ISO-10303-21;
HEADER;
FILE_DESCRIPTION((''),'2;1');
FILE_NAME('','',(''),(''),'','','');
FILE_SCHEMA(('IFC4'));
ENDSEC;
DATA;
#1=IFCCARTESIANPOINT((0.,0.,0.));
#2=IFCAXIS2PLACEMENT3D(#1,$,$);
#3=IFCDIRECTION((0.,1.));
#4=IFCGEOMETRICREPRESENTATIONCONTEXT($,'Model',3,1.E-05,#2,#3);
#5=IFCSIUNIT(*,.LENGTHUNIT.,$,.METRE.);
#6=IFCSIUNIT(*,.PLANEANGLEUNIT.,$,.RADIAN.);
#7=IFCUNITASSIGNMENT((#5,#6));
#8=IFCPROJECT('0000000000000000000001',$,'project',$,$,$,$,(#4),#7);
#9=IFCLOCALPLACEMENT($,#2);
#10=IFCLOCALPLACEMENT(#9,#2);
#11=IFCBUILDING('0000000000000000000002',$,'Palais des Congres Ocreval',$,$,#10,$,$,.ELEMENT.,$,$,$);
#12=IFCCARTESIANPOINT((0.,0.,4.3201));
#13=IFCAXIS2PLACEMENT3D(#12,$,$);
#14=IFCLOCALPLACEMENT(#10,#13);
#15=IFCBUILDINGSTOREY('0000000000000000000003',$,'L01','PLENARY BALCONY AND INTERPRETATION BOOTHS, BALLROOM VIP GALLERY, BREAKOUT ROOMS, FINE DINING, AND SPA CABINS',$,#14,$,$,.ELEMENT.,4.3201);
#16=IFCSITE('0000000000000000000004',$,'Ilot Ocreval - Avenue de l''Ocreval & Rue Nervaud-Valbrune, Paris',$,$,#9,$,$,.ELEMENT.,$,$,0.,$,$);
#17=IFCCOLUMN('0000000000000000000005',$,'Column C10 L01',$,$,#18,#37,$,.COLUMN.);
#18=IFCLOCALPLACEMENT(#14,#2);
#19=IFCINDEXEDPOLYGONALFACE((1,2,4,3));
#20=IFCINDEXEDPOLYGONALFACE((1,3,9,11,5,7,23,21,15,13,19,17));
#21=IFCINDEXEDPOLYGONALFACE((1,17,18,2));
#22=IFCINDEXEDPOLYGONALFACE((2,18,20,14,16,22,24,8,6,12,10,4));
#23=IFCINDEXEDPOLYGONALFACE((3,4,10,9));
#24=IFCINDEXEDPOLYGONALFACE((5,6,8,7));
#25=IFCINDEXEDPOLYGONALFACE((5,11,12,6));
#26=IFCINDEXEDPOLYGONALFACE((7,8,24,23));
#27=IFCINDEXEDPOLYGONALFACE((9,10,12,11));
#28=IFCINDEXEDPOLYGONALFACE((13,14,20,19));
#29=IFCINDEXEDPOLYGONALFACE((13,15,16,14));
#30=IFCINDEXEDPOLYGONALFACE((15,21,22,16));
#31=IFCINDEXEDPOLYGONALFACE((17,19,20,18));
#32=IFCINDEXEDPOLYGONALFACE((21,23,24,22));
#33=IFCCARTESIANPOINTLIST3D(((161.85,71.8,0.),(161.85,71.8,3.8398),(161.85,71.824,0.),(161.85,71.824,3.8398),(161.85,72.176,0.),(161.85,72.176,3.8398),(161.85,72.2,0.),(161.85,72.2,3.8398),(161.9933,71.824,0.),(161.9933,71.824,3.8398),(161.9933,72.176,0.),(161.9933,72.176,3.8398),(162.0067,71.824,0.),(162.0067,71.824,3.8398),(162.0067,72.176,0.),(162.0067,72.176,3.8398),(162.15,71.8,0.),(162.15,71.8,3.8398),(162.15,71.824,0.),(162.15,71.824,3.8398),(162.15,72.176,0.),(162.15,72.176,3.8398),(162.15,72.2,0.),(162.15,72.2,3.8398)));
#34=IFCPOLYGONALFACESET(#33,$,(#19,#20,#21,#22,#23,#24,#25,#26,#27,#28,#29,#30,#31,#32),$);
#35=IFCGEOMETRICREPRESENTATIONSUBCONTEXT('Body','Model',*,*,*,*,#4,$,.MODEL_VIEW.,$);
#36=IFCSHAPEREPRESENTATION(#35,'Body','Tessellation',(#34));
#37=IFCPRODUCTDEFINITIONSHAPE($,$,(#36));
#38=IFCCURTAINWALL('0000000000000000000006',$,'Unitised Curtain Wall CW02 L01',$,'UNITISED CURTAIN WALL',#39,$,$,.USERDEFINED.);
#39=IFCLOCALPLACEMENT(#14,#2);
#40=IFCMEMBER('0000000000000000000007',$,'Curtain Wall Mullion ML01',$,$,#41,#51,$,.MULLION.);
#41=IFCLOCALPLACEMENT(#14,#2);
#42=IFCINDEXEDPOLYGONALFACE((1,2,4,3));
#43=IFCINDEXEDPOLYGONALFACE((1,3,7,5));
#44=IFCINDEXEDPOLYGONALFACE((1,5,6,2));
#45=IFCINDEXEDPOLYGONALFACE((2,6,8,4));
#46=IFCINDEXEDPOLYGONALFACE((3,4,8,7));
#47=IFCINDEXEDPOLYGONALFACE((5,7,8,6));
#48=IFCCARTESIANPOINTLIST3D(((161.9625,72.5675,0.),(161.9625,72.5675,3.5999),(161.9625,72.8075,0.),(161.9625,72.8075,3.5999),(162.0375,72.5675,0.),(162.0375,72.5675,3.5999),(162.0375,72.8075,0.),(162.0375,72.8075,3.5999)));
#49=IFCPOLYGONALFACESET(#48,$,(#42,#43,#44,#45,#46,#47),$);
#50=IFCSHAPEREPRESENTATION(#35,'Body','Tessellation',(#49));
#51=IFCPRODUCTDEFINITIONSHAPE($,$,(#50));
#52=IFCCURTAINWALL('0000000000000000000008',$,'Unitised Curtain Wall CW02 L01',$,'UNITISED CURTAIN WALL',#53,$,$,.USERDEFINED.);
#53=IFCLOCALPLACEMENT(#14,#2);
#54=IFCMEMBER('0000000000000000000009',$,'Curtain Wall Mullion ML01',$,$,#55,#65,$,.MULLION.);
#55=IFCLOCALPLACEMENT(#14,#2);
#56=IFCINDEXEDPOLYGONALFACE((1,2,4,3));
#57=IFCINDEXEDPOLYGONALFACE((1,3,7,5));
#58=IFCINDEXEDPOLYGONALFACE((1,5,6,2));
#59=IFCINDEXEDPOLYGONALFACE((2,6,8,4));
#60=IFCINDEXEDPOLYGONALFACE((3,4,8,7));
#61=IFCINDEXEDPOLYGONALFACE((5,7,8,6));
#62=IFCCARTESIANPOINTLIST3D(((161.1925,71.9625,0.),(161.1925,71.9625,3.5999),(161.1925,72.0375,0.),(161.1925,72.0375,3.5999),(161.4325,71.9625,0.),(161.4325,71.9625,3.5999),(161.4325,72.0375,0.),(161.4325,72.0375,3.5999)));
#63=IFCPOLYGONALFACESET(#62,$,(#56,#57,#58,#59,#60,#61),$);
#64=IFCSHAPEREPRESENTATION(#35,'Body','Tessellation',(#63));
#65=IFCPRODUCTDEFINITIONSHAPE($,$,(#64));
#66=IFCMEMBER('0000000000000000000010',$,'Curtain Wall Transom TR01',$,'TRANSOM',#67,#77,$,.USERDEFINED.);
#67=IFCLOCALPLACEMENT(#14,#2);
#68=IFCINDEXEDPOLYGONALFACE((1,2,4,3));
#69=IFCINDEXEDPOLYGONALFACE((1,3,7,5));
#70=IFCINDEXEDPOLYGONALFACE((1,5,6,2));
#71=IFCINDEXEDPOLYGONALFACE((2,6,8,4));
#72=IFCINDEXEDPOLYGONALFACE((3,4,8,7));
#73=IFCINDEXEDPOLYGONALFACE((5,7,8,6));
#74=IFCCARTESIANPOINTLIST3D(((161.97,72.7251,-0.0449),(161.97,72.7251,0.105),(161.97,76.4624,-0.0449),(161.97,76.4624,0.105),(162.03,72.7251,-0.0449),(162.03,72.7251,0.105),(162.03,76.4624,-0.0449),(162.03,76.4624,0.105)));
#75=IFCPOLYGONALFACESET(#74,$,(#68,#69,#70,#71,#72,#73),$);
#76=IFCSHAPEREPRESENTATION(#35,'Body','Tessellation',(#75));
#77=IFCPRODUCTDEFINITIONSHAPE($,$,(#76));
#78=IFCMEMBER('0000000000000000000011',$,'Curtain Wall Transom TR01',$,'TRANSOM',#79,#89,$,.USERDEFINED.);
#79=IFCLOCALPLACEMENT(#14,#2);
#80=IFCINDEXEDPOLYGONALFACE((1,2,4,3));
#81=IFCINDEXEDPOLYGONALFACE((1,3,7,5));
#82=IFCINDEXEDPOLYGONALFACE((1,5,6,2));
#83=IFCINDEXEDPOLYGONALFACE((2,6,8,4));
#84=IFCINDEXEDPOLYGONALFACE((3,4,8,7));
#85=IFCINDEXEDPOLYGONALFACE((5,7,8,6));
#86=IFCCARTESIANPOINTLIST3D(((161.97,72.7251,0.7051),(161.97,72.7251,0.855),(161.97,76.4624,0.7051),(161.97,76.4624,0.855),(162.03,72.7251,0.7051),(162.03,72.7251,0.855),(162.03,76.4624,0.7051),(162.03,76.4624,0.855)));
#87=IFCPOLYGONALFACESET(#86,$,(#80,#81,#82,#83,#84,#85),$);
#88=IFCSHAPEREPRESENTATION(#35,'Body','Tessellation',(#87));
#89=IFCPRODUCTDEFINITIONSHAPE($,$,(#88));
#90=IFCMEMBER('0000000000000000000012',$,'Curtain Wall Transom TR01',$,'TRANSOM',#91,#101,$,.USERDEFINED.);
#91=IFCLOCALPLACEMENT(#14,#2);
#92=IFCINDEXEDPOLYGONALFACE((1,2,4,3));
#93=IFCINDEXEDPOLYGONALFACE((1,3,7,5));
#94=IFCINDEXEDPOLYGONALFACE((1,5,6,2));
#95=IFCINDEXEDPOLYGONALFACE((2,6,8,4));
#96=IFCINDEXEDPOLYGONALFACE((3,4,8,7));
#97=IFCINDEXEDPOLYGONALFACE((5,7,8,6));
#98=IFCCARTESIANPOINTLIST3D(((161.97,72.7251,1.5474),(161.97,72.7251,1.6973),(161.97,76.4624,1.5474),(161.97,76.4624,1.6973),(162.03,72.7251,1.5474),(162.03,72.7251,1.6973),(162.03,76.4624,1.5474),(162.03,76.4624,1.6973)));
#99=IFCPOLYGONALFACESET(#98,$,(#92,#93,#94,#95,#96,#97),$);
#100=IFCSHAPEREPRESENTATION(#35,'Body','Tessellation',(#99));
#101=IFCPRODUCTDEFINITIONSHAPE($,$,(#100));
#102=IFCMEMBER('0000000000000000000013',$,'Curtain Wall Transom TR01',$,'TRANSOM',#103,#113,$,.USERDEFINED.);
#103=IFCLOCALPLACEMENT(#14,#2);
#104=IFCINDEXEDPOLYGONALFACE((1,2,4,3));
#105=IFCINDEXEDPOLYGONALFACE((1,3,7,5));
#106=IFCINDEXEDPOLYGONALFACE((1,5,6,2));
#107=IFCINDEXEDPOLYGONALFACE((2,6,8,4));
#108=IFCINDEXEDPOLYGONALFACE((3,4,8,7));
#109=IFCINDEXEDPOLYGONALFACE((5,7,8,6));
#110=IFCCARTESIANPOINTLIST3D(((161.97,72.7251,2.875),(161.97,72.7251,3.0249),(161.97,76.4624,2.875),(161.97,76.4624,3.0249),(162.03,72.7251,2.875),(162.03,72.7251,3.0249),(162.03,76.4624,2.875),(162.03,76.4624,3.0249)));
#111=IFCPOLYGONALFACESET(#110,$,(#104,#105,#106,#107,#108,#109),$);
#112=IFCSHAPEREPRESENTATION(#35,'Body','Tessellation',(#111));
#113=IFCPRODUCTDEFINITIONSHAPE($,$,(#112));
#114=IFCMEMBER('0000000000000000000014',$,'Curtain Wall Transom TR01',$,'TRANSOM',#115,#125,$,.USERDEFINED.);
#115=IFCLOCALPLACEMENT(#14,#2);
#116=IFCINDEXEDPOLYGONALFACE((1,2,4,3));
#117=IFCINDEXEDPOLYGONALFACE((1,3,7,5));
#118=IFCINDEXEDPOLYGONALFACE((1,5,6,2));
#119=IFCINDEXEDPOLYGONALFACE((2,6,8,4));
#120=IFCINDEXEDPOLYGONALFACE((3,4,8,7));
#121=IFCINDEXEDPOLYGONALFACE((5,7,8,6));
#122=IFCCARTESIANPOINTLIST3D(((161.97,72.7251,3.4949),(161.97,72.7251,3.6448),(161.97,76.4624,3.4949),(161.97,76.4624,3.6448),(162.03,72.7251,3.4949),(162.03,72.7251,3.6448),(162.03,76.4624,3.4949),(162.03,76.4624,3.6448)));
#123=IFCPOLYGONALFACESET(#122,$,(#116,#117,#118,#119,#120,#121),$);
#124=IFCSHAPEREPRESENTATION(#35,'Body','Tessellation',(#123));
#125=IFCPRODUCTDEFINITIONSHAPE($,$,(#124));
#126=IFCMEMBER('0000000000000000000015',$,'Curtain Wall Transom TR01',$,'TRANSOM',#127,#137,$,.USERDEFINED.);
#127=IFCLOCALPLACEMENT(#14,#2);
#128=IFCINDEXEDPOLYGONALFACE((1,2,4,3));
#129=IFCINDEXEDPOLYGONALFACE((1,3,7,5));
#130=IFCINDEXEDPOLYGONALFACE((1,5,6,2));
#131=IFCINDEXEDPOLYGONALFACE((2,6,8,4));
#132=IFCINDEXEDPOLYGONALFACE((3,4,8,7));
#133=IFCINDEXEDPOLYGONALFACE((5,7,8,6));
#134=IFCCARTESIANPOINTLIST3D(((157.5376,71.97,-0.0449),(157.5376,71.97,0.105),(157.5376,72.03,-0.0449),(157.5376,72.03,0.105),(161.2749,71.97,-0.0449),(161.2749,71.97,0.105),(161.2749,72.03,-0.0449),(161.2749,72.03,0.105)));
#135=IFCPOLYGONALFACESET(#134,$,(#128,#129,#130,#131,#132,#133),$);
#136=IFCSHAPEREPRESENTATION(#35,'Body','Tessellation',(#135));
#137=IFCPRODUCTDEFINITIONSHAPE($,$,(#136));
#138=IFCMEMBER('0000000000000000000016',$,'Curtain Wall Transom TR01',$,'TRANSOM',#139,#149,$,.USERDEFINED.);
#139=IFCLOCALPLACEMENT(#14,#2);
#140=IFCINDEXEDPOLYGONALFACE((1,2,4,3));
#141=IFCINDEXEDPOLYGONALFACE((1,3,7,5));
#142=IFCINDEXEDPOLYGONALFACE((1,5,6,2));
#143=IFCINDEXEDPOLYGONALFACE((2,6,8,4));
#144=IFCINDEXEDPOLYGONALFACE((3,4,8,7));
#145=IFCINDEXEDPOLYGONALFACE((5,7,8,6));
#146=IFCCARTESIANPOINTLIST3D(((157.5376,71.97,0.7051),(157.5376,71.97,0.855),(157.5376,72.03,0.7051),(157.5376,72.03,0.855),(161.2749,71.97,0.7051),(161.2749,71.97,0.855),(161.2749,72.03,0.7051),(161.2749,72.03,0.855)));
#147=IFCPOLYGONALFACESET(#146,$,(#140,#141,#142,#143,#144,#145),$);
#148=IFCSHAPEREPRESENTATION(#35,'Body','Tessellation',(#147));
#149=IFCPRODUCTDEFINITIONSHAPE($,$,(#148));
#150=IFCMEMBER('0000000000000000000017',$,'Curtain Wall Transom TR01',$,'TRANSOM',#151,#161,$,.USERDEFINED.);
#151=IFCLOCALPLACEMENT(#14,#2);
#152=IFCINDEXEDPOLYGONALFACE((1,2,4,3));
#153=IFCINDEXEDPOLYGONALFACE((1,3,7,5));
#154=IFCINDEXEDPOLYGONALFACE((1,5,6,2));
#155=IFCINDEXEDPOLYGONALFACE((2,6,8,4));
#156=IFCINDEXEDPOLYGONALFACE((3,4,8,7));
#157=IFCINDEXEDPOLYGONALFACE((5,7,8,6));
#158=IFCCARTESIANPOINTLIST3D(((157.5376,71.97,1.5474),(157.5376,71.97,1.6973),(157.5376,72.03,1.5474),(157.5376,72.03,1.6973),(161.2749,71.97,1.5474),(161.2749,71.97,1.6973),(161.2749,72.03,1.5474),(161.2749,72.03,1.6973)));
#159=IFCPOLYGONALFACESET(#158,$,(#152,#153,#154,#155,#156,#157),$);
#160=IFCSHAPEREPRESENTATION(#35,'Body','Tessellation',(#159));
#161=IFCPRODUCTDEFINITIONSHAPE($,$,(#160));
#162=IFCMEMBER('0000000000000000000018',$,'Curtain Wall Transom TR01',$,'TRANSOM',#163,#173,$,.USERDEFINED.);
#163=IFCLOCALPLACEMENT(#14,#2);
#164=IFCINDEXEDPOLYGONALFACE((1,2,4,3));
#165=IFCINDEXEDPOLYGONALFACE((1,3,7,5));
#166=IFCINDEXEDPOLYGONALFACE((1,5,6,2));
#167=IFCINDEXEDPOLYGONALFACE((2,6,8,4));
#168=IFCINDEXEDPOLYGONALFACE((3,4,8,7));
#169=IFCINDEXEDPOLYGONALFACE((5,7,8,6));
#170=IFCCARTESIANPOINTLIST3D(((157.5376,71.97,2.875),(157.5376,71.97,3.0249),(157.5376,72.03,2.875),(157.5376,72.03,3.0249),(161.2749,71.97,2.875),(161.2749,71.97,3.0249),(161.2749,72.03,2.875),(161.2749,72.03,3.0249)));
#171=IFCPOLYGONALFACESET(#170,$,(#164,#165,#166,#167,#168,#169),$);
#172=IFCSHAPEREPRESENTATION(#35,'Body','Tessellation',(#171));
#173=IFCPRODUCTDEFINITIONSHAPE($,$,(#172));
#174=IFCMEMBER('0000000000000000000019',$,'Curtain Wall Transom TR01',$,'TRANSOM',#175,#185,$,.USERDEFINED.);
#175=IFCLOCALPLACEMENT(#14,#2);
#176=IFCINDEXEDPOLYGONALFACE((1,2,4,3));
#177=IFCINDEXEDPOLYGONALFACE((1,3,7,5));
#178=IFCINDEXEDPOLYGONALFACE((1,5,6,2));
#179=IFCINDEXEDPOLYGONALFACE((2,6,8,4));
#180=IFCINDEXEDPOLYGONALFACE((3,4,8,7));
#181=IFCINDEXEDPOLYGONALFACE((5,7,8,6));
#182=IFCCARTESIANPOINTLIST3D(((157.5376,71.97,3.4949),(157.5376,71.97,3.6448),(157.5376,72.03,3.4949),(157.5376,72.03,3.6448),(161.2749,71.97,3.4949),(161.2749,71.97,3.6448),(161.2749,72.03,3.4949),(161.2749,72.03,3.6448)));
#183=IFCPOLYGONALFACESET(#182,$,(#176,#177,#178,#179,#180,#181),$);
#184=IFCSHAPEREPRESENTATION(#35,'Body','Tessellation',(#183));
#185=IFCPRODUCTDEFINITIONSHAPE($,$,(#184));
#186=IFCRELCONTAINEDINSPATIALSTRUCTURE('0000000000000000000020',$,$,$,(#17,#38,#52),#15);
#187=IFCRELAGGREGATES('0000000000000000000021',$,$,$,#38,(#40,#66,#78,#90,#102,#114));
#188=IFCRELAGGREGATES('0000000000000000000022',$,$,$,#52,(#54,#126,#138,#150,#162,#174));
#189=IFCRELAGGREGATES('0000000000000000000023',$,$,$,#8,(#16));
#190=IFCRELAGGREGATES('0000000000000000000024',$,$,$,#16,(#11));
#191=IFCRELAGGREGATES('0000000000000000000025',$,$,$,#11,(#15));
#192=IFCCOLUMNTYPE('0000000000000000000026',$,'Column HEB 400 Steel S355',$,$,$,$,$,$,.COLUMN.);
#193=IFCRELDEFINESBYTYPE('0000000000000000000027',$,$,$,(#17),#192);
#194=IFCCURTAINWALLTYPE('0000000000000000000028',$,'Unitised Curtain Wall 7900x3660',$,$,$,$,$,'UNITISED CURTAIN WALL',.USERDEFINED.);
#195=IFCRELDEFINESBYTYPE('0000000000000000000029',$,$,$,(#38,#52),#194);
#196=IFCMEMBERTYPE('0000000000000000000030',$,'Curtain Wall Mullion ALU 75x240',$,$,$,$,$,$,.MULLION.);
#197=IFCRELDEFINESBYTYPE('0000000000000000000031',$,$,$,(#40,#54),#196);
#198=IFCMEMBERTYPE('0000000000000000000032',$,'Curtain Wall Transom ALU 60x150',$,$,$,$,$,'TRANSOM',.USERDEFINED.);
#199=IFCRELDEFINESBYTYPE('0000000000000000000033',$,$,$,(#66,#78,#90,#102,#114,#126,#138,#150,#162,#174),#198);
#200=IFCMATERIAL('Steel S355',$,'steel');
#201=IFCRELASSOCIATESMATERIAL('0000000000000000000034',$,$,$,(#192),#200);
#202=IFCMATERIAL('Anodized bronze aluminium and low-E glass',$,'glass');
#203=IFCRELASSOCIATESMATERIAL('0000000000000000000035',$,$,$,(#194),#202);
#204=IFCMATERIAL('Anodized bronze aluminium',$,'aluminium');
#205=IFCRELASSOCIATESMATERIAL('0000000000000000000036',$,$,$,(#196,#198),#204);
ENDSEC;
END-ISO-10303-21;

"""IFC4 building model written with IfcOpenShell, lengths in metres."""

from ifc_helpers import new_model, si_unit, direction, frame, origin, origin_2d, place, context, subcontext, project, spatial, rectangle, i_section, extrude, material, material_profile, profile_set, type_object, element, aggregate, save


model = new_model("IFC4")

# Units and contexts
model_context = context("Model", 3, precision=1e-05, world=origin(), true_north=direction((0.0, 1.0)))
body_context = subcontext(model_context, "Body", "Model", "MODEL_VIEW")
ifc_project = project(units=[si_unit("LENGTHUNIT", "METRE"), si_unit("PLANEANGLEUNIT", "RADIAN")], contexts=[model_context])

# Site, building, storey
site_placement = place(None, origin())
site = spatial("IfcSite", under=ifc_project, at=site_placement, Name="Ilot Ocreval - Avenue de l'Ocreval & Rue Nervaud-Valbrune, Paris", CompositionType="ELEMENT", RefElevation=0.0)
building_placement = place(site_placement, origin())
building = spatial("IfcBuilding", under=site, at=building_placement, Name="Palais des Congres Ocreval", CompositionType="ELEMENT")
storey_placement = place(building_placement, frame((0.0, 0.0, 4.3201)))
storey = spatial("IfcBuildingStorey", under=building, at=storey_placement, Name="L01", Description="PLENARY BALCONY AND INTERPRETATION BOOTHS, BALLROOM VIP GALLERY, BREAKOUT ROOMS, FINE DINING, AND SPA CABINS", CompositionType="ELEMENT", Elevation=4.3201)

# Column
ifc_material_1 = material(Name="Steel S355", Category="steel")
ifc_material_profile_1 = material_profile(ifc_material_1, i_section(OverallWidth=0.3, OverallDepth=0.3999, WebThickness=0.0134, FlangeThickness=0.0239, at=origin_2d()), Name="HEB 400")
ifc_profile_set_1 = profile_set([ifc_material_profile_1], Name="Steel S355")
column_type = type_object("IfcColumnType", Name="Column HEB 400 Steel S355", PredefinedType="COLUMN", material=ifc_profile_set_1)
column_placement = place(storey_placement, frame((162.0, 72.0, 0.0), z_axis=(0.0, 0.0, 1.0), x_axis=(1.0, 0.0, 0.0)))
element("IfcColumn", 1, at=column_placement, inside=storey, type_object=column_type, Name="Column C10 L01", PredefinedType="COLUMN", context=body_context, shape_type="SweptSolid", body=[
    extrude(i_section(OverallWidth=0.3, OverallDepth=0.3999, WebThickness=0.0134, FlangeThickness=0.0239, at=origin_2d()), origin(), (0.0, 0.0, 1.0), 3.8398),
])

# Curtain walls, members
ifc_material_2 = material(Name="Anodized bronze aluminium and low-E glass", Category="glass")
curtain_wall_type = type_object("IfcCurtainWallType", Name="Unitised Curtain Wall 7900x3660", ElementType="UNITISED CURTAIN WALL", PredefinedType="USERDEFINED", material=ifc_material_2)
curtain_wall_1_placement = place(storey_placement, origin())
curtain_wall_1 = element("IfcCurtainWall", 2, at=curtain_wall_1_placement, inside=storey, type_object=curtain_wall_type, Name="Unitised Curtain Wall CW02 L01", ObjectType="UNITISED CURTAIN WALL", PredefinedType="USERDEFINED")
ifc_material_3 = material(Name="Anodized bronze aluminium", Category="aluminium")
ifc_material_profile_2 = material_profile(ifc_material_3, rectangle(XDim=0.075, YDim=0.24, at=origin_2d()), Name="ALU 75x240")
ifc_profile_set_2 = profile_set([ifc_material_profile_2], Name="Anodized bronze aluminium")
member_type_1 = type_object("IfcMemberType", Name="Curtain Wall Mullion ALU 75x240", PredefinedType="MULLION", material=ifc_profile_set_2)
member_1_placement = place(storey_placement, frame((162.0, 72.6875, 0.0), z_axis=(0.0, 0.0, 1.0), x_axis=(1.0, 0.0, 0.0)))
member_1 = element("IfcMember", 3, at=member_1_placement, type_object=member_type_1, Name="Curtain Wall Mullion ML01", PredefinedType="MULLION", context=body_context, shape_type="SweptSolid", body=[
    extrude(rectangle(XDim=0.075, YDim=0.24, at=origin_2d()), origin(), (0.0, 0.0, 1.0), 3.5999),
])
curtain_wall_2_placement = place(storey_placement, origin())
curtain_wall_2 = element("IfcCurtainWall", 4, at=curtain_wall_2_placement, inside=storey, type_object=curtain_wall_type, Name="Unitised Curtain Wall CW02 L01", ObjectType="UNITISED CURTAIN WALL", PredefinedType="USERDEFINED")
member_2_placement = place(storey_placement, frame((161.3125, 72.0, 0.0), z_axis=(0.0, 0.0, 1.0), x_axis=(0.0, -1.0, 0.0)))
member_2 = element("IfcMember", 5, at=member_2_placement, type_object=member_type_1, Name="Curtain Wall Mullion ML01", PredefinedType="MULLION", context=body_context, shape_type="SweptSolid", body=[
    extrude(rectangle(XDim=0.075, YDim=0.24, at=origin_2d()), origin(), (0.0, 0.0, 1.0), 3.5999),
])

# Members
ifc_material_profile_3 = material_profile(ifc_material_3, rectangle(XDim=0.0601, YDim=0.1499, at=origin_2d()), Name="ALU 60x150")
ifc_profile_set_3 = profile_set([ifc_material_profile_3], Name="Anodized bronze aluminium")
member_type_2 = type_object("IfcMemberType", Name="Curtain Wall Transom ALU 60x150", ElementType="TRANSOM", PredefinedType="USERDEFINED", material=ifc_profile_set_3)
member_3_placement = place(storey_placement, frame((162.0, 76.4624, 0.03), z_axis=(0.0, -1.0, 0.0), x_axis=(1.0, 0.0, 0.0)))
member_3 = element("IfcMember", 6, at=member_3_placement, type_object=member_type_2, Name="Curtain Wall Transom TR01", ObjectType="TRANSOM", PredefinedType="USERDEFINED", context=body_context, shape_type="SweptSolid", body=[
    extrude(rectangle(XDim=0.0601, YDim=0.1499, at=origin_2d()), origin(), (0.0, 0.0, 1.0), 3.7373),
])
member_4_placement = place(storey_placement, frame((162.0, 76.4624, 0.78), z_axis=(0.0, -1.0, 0.0), x_axis=(1.0, 0.0, 0.0)))
member_4 = element("IfcMember", 7, at=member_4_placement, type_object=member_type_2, Name="Curtain Wall Transom TR01", ObjectType="TRANSOM", PredefinedType="USERDEFINED", context=body_context, shape_type="SweptSolid", body=[
    extrude(rectangle(XDim=0.0601, YDim=0.1499, at=origin_2d()), origin(), (0.0, 0.0, 1.0), 3.7373),
])
member_5_placement = place(storey_placement, frame((162.0, 76.4624, 1.6223), z_axis=(0.0, -1.0, 0.0), x_axis=(1.0, 0.0, 0.0)))
member_5 = element("IfcMember", 8, at=member_5_placement, type_object=member_type_2, Name="Curtain Wall Transom TR01", ObjectType="TRANSOM", PredefinedType="USERDEFINED", context=body_context, shape_type="SweptSolid", body=[
    extrude(rectangle(XDim=0.0601, YDim=0.1499, at=origin_2d()), origin(), (0.0, 0.0, 1.0), 3.7373),
])
member_6_placement = place(storey_placement, frame((162.0, 76.4624, 2.95), z_axis=(0.0, -1.0, 0.0), x_axis=(1.0, 0.0, 0.0)))
member_6 = element("IfcMember", 9, at=member_6_placement, type_object=member_type_2, Name="Curtain Wall Transom TR01", ObjectType="TRANSOM", PredefinedType="USERDEFINED", context=body_context, shape_type="SweptSolid", body=[
    extrude(rectangle(XDim=0.0601, YDim=0.1499, at=origin_2d()), origin(), (0.0, 0.0, 1.0), 3.7373),
])
member_7_placement = place(storey_placement, frame((162.0, 76.4624, 3.5698), z_axis=(0.0, -1.0, 0.0), x_axis=(1.0, 0.0, 0.0)))
member_7 = element("IfcMember", 10, at=member_7_placement, type_object=member_type_2, Name="Curtain Wall Transom TR01", ObjectType="TRANSOM", PredefinedType="USERDEFINED", context=body_context, shape_type="SweptSolid", body=[
    extrude(rectangle(XDim=0.0601, YDim=0.1499, at=origin_2d()), origin(), (0.0, 0.0, 1.0), 3.7373),
])
member_8_placement = place(storey_placement, frame((161.2749, 72.0, 0.03), z_axis=(-1.0, 0.0, 0.0), x_axis=(0.0, -1.0, 0.0)))
member_8 = element("IfcMember", 11, at=member_8_placement, type_object=member_type_2, Name="Curtain Wall Transom TR01", ObjectType="TRANSOM", PredefinedType="USERDEFINED", context=body_context, shape_type="SweptSolid", body=[
    extrude(rectangle(XDim=0.0601, YDim=0.1499, at=origin_2d()), origin(), (0.0, 0.0, 1.0), 3.7373),
])
member_9_placement = place(storey_placement, frame((161.2749, 72.0, 0.78), z_axis=(-1.0, 0.0, 0.0), x_axis=(0.0, -1.0, 0.0)))
member_9 = element("IfcMember", 12, at=member_9_placement, type_object=member_type_2, Name="Curtain Wall Transom TR01", ObjectType="TRANSOM", PredefinedType="USERDEFINED", context=body_context, shape_type="SweptSolid", body=[
    extrude(rectangle(XDim=0.0601, YDim=0.1499, at=origin_2d()), origin(), (0.0, 0.0, 1.0), 3.7373),
])
member_10_placement = place(storey_placement, frame((161.2749, 72.0, 1.6223), z_axis=(-1.0, 0.0, 0.0), x_axis=(0.0, -1.0, 0.0)))
member_10 = element("IfcMember", 13, at=member_10_placement, type_object=member_type_2, Name="Curtain Wall Transom TR01", ObjectType="TRANSOM", PredefinedType="USERDEFINED", context=body_context, shape_type="SweptSolid", body=[
    extrude(rectangle(XDim=0.0601, YDim=0.1499, at=origin_2d()), origin(), (0.0, 0.0, 1.0), 3.7373),
])
member_11_placement = place(storey_placement, frame((161.2749, 72.0, 2.95), z_axis=(-1.0, 0.0, 0.0), x_axis=(0.0, -1.0, 0.0)))
member_11 = element("IfcMember", 14, at=member_11_placement, type_object=member_type_2, Name="Curtain Wall Transom TR01", ObjectType="TRANSOM", PredefinedType="USERDEFINED", context=body_context, shape_type="SweptSolid", body=[
    extrude(rectangle(XDim=0.0601, YDim=0.1499, at=origin_2d()), origin(), (0.0, 0.0, 1.0), 3.7373),
])
member_12_placement = place(storey_placement, frame((161.2749, 72.0, 3.5698), z_axis=(-1.0, 0.0, 0.0), x_axis=(0.0, -1.0, 0.0)))
member_12 = element("IfcMember", 15, at=member_12_placement, type_object=member_type_2, Name="Curtain Wall Transom TR01", ObjectType="TRANSOM", PredefinedType="USERDEFINED", context=body_context, shape_type="SweptSolid", body=[
    extrude(rectangle(XDim=0.0601, YDim=0.1499, at=origin_2d()), origin(), (0.0, 0.0, 1.0), 3.7373),
])

aggregate(curtain_wall_1, [member_1, member_3, member_4, member_5, member_6, member_7])
aggregate(curtain_wall_2, [member_2, member_8, member_9, member_10, member_11, member_12])

save(model, "model.ifc")
